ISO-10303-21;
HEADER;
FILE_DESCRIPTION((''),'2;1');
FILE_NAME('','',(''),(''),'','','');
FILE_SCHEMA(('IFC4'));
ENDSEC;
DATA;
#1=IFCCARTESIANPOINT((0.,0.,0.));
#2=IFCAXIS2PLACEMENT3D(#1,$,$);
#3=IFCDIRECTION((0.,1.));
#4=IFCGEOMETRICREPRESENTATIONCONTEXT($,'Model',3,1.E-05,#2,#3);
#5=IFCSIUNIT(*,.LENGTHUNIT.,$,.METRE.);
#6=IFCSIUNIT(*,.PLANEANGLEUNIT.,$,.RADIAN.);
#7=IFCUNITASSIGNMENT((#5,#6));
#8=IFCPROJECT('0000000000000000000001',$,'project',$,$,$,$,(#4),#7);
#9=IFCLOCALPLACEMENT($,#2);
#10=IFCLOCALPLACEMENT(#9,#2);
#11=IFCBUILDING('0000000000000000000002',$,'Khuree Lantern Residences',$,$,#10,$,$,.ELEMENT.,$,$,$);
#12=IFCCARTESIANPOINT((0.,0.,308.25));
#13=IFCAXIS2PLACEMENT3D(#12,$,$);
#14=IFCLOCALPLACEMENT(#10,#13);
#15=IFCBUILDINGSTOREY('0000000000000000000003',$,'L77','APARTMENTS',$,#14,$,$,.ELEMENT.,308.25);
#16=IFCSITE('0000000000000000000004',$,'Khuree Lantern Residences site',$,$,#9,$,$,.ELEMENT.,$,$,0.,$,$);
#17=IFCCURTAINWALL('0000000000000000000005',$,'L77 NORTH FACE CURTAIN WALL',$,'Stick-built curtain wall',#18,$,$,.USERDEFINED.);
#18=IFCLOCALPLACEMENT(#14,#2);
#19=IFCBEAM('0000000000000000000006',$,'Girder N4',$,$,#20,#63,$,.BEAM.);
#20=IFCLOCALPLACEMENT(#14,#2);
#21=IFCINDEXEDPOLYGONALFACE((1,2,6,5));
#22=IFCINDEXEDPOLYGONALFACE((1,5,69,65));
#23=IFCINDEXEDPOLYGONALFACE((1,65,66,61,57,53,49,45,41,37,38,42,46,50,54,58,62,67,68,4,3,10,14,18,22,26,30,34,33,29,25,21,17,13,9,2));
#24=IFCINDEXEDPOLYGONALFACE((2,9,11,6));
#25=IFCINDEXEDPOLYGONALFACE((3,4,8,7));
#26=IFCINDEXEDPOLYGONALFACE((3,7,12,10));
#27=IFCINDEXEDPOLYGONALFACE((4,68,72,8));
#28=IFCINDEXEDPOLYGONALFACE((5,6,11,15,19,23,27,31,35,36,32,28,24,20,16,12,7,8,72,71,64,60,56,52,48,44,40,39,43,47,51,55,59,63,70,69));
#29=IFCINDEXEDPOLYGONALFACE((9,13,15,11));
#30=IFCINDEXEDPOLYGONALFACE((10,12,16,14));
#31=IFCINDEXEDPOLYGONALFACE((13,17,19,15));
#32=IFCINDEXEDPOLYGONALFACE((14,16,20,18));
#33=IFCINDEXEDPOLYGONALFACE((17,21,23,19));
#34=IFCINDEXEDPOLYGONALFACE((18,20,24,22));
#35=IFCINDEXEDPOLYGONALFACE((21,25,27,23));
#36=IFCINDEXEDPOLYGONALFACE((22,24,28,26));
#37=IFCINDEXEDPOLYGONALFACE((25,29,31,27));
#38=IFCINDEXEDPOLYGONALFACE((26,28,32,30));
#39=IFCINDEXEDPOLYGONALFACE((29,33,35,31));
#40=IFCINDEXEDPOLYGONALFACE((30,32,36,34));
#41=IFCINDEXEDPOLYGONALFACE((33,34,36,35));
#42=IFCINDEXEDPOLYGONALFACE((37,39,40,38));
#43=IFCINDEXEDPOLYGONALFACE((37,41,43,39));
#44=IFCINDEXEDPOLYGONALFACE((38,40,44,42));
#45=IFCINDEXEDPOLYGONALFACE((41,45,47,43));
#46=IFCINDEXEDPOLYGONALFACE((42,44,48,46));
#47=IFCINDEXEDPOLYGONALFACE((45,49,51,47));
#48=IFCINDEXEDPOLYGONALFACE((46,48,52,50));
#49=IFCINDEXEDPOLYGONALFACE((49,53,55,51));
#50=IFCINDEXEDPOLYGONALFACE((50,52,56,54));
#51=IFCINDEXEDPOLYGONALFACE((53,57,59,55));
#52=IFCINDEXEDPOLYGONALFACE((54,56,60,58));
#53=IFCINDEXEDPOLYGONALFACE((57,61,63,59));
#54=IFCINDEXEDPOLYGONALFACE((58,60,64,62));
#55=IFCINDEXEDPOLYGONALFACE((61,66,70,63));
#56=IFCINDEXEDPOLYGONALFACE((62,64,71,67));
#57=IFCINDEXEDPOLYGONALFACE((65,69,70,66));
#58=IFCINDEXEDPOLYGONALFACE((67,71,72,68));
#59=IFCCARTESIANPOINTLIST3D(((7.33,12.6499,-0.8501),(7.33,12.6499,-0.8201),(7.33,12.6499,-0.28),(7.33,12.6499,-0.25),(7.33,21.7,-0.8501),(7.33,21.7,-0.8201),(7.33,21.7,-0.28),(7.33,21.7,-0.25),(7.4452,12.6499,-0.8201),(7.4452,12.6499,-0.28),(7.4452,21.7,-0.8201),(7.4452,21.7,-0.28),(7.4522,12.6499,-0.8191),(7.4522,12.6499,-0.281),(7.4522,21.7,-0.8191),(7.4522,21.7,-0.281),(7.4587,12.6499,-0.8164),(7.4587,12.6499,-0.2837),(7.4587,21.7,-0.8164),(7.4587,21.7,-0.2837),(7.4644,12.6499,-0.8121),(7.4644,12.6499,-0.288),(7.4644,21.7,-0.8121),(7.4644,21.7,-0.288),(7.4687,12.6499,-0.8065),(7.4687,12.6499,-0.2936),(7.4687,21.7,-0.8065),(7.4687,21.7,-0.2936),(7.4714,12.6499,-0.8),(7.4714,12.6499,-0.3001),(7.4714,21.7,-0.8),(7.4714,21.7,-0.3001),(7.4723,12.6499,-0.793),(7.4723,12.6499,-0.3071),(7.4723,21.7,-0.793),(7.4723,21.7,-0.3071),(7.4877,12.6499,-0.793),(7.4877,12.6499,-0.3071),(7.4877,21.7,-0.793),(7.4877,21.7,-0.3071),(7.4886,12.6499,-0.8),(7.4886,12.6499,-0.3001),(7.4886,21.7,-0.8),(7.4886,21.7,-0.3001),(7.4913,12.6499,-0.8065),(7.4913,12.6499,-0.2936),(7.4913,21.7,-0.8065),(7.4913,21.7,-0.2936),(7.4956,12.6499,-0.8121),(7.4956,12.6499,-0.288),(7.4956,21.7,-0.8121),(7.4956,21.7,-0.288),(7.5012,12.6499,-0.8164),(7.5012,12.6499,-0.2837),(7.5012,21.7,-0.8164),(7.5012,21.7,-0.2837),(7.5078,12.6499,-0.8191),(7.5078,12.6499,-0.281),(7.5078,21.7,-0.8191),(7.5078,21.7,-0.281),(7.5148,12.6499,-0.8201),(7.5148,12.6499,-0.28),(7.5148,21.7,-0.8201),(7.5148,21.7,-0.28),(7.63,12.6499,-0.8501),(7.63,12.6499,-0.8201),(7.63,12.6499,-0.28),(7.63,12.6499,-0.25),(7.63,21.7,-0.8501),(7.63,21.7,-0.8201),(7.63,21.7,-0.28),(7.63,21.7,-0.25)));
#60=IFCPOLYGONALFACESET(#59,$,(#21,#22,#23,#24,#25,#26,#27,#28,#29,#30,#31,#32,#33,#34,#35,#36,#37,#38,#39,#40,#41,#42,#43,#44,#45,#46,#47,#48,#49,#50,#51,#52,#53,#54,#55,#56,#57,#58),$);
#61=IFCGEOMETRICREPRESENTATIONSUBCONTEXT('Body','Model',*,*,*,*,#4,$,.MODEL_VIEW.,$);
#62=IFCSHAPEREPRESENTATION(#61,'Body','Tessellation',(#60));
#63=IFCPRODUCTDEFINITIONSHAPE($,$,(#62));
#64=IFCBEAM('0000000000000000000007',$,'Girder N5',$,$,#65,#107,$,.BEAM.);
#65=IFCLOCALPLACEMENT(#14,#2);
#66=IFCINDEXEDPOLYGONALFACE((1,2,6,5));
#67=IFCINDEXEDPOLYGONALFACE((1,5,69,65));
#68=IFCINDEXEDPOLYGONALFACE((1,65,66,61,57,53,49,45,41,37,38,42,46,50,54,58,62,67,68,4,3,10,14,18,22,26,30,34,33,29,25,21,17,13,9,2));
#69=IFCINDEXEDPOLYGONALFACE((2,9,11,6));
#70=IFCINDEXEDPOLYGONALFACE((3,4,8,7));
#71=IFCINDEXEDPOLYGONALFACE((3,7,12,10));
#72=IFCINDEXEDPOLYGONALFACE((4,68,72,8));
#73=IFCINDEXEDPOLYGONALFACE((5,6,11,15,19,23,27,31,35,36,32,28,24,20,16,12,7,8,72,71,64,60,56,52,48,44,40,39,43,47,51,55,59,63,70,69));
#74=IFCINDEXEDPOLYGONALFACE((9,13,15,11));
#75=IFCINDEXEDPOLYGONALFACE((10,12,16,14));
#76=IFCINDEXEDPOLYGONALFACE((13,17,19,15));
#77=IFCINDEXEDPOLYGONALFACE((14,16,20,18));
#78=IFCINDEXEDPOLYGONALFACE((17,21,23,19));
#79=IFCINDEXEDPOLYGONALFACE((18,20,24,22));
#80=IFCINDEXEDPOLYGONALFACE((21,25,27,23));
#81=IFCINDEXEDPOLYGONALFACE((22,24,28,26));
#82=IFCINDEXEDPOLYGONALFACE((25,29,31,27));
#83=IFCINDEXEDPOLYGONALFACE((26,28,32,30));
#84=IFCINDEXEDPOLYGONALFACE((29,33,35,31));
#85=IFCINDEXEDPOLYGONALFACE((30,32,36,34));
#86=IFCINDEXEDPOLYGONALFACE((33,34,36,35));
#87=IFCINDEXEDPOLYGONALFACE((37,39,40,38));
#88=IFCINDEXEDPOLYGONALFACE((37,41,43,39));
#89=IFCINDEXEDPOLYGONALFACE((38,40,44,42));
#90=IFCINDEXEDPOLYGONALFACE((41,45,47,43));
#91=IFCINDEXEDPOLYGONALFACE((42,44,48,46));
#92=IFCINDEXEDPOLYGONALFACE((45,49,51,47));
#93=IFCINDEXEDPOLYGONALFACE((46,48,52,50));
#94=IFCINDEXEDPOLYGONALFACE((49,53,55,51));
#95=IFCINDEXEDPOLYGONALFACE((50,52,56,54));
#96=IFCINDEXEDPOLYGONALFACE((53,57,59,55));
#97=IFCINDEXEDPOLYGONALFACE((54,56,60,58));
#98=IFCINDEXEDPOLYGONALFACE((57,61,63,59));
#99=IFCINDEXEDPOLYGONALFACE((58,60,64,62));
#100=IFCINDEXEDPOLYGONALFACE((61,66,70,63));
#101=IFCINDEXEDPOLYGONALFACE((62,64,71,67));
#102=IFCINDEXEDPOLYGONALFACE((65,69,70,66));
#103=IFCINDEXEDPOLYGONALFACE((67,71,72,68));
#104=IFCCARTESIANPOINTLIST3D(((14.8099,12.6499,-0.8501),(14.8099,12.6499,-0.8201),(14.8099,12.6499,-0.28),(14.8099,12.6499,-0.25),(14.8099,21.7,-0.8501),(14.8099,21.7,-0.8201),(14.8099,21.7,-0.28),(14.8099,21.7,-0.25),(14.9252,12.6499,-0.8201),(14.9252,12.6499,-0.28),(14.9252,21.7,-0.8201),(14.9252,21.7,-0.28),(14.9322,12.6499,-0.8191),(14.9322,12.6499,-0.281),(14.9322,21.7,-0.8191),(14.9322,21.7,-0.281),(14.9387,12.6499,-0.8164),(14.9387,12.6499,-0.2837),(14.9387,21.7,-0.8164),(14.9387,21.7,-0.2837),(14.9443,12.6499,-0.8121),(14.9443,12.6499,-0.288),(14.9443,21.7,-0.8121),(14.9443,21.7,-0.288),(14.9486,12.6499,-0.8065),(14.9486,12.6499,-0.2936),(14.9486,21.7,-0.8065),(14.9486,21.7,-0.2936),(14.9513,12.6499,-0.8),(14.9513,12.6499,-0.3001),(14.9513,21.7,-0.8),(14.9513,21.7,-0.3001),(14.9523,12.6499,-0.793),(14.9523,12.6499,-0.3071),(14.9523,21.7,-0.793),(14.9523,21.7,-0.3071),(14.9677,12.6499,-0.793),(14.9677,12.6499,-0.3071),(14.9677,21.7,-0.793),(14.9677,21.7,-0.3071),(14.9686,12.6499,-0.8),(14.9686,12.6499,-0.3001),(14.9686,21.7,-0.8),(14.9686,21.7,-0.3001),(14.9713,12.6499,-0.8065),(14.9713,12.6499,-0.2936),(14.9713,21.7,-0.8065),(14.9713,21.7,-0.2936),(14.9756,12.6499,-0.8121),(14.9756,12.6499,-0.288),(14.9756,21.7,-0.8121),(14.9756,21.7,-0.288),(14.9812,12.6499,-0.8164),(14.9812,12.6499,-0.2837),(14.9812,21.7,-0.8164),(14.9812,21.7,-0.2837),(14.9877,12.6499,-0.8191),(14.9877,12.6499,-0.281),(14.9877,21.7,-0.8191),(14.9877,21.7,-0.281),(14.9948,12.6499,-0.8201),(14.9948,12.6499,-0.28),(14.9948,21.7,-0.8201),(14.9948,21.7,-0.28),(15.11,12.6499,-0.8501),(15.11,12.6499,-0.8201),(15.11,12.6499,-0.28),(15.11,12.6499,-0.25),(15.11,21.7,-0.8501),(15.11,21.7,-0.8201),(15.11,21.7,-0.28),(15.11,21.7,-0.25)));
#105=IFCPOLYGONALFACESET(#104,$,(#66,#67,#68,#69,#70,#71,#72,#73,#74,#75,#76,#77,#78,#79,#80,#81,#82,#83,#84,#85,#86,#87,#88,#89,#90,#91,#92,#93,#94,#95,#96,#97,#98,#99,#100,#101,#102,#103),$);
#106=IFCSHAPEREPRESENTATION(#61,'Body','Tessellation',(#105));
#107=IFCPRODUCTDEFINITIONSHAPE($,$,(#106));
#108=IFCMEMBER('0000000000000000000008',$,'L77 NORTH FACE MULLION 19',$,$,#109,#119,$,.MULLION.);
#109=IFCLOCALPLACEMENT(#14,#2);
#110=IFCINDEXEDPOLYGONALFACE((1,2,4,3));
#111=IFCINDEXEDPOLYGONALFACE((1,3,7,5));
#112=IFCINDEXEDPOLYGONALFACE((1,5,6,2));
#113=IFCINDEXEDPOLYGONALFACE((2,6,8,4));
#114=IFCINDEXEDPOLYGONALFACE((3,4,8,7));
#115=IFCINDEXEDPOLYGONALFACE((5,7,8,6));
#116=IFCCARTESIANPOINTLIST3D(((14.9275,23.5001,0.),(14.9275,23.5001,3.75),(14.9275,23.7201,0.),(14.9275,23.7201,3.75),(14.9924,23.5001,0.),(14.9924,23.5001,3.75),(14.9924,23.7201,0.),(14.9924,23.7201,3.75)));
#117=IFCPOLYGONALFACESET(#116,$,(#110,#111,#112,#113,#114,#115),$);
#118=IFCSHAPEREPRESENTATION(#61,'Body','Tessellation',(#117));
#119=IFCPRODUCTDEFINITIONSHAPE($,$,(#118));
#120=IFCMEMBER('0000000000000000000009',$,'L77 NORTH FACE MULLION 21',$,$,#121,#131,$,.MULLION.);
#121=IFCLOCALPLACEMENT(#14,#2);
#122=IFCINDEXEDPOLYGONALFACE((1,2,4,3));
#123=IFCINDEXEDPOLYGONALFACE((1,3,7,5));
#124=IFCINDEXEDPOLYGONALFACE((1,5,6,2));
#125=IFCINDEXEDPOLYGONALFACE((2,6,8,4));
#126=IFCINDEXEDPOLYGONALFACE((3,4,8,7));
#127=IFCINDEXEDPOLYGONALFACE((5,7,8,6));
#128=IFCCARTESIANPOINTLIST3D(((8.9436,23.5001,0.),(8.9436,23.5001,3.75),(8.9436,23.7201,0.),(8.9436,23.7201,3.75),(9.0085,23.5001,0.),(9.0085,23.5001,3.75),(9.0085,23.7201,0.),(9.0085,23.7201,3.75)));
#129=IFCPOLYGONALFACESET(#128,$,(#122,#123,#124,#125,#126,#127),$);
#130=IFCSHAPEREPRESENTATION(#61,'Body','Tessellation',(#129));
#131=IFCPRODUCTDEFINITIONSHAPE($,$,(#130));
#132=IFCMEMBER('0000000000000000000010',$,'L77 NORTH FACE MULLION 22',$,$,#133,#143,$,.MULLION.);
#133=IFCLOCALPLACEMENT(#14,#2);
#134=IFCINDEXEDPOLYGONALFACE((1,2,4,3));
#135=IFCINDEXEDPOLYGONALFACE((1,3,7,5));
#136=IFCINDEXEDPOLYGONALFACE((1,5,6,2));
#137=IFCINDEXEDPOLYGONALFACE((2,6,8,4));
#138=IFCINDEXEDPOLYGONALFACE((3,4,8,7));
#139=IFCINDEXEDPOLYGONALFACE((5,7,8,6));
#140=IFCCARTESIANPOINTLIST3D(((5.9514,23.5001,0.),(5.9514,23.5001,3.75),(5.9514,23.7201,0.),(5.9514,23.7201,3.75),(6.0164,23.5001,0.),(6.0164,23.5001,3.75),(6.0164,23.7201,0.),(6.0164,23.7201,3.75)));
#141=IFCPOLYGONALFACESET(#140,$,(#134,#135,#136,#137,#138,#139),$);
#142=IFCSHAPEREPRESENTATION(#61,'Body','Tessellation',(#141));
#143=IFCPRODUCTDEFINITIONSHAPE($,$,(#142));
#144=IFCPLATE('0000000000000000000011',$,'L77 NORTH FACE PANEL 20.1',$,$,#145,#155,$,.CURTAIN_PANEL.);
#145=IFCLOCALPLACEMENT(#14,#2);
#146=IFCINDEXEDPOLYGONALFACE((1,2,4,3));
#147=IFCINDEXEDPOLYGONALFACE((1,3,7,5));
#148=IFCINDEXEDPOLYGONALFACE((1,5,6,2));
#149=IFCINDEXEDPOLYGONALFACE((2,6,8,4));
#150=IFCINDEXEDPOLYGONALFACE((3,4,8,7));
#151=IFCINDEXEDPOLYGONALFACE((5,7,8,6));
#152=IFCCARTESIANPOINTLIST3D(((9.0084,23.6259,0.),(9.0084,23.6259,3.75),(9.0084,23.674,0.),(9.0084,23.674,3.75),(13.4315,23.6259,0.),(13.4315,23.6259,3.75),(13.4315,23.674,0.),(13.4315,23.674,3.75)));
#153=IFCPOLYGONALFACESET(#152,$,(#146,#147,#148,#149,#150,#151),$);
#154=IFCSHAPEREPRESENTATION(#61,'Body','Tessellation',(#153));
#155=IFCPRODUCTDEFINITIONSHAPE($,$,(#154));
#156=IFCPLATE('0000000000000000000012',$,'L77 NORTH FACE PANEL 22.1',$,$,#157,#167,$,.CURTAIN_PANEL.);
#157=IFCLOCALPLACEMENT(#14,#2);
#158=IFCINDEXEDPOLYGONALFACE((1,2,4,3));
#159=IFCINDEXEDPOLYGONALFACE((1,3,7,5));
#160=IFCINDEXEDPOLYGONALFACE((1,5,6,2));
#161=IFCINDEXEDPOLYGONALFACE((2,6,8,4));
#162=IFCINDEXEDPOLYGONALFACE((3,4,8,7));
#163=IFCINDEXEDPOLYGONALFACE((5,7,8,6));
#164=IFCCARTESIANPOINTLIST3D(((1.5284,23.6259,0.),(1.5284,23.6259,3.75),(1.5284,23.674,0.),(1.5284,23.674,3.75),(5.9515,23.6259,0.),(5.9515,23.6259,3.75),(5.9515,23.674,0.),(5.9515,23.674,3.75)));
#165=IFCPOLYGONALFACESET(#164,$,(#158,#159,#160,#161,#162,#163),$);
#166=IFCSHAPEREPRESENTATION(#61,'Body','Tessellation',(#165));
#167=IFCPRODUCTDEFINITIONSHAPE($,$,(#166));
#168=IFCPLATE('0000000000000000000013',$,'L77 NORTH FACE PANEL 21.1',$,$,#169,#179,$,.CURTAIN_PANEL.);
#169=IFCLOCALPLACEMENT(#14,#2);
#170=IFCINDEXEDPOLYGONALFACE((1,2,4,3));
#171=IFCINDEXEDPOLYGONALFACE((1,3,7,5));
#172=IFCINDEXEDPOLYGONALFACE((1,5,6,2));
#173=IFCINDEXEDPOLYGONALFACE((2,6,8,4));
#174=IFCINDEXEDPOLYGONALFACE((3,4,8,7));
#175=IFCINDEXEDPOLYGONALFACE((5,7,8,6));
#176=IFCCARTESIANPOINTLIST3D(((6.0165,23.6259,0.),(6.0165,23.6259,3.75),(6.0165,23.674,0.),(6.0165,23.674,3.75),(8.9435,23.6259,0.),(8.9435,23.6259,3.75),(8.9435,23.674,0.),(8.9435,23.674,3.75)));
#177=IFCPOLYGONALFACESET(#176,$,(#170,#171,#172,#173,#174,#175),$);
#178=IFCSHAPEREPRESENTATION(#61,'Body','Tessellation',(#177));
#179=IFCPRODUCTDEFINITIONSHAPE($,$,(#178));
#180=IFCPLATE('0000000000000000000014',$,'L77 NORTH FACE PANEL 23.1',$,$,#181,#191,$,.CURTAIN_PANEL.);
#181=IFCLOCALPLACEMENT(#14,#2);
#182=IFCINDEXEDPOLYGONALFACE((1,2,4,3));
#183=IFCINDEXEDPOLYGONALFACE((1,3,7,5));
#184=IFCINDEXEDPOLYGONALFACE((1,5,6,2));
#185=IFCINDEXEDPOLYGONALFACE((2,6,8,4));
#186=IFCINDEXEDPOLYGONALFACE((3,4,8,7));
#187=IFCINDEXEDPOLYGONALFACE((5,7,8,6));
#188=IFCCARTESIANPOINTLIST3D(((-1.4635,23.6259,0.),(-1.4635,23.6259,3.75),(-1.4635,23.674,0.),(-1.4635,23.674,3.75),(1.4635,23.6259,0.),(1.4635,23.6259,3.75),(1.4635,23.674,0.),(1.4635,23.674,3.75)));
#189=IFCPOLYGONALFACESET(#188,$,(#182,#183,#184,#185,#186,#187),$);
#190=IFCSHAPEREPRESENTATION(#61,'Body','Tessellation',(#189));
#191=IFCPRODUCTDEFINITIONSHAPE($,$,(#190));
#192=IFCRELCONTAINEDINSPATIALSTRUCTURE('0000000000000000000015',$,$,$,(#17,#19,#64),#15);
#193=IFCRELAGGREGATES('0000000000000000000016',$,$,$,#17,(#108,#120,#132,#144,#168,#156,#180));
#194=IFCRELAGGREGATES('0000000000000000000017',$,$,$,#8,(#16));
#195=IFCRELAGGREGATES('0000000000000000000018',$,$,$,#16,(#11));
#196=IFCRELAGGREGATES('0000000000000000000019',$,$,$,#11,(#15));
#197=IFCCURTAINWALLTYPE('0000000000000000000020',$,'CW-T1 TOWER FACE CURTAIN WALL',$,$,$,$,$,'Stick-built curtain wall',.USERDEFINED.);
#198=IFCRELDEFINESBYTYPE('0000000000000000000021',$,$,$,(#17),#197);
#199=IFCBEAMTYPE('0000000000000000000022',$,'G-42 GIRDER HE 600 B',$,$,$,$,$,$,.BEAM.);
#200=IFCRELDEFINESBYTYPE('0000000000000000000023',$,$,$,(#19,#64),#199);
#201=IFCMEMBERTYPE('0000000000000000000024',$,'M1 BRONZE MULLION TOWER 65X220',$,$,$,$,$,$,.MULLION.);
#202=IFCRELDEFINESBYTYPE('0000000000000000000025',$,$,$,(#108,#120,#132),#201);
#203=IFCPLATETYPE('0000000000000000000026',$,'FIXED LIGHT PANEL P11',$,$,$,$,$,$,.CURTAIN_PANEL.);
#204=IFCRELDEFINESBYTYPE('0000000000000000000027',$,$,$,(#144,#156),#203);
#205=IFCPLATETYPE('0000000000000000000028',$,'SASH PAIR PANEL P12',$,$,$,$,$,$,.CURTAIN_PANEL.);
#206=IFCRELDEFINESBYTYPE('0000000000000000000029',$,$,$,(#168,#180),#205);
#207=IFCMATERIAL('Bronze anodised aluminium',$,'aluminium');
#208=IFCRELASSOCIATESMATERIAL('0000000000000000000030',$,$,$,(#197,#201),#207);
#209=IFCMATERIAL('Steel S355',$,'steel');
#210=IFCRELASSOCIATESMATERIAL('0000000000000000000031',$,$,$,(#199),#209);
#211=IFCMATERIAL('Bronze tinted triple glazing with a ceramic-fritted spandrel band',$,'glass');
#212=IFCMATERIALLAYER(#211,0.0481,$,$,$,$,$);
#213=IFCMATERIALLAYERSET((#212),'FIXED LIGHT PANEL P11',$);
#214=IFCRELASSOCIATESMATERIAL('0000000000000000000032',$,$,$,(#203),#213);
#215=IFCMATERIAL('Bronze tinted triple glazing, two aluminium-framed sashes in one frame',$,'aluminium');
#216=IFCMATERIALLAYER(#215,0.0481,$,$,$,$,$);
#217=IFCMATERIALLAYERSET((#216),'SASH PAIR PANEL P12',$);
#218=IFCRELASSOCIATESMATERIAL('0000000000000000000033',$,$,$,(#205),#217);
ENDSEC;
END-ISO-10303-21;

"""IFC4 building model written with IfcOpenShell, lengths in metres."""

from ifc_helpers import new_model, si_unit, direction, frame, origin, origin_2d, place, context, subcontext, project, spatial, rectangle, i_section, extrude, material, layer, layer_set, material_profile, profile_set, type_object, element, aggregate, save


model = new_model("IFC4")

# Units and contexts
model_context = context("Model", 3, precision=1e-05, world=origin(), true_north=direction((0.0, 1.0)))
body_context = subcontext(model_context, "Body", "Model", "MODEL_VIEW")
ifc_project = project(units=[si_unit("LENGTHUNIT", "METRE"), si_unit("PLANEANGLEUNIT", "RADIAN")], contexts=[model_context])

# Site, building, storey
site_placement = place(None, origin())
site = spatial("IfcSite", under=ifc_project, at=site_placement, Name="Khuree Lantern Residences site", CompositionType="ELEMENT", RefElevation=0.0)
building_placement = place(site_placement, origin())
building = spatial("IfcBuilding", under=site, at=building_placement, Name="Khuree Lantern Residences", CompositionType="ELEMENT")
storey_placement = place(building_placement, frame((0.0, 0.0, 308.25)))
storey = spatial("IfcBuildingStorey", under=building, at=storey_placement, Name="L77", Description="APARTMENTS", CompositionType="ELEMENT", Elevation=308.25)

# Shared definitions
ifc_material_1 = material(Name="Steel S355", Category="steel")

# Curtain wall
ifc_material_2 = material(Name="Bronze anodised aluminium", Category="aluminium")
curtain_wall_type = type_object("IfcCurtainWallType", Name="CW-T1 TOWER FACE CURTAIN WALL", ElementType="Stick-built curtain wall", PredefinedType="USERDEFINED", material=ifc_material_2)
curtain_wall_placement = place(storey_placement, origin())
curtain_wall = element("IfcCurtainWall", 1, at=curtain_wall_placement, inside=storey, type_object=curtain_wall_type, Name="L77 NORTH FACE CURTAIN WALL", ObjectType="Stick-built curtain wall", PredefinedType="USERDEFINED")

# Beams
ifc_material_profile_1 = material_profile(ifc_material_1, i_section(OverallWidth=0.3, OverallDepth=0.6001, WebThickness=0.0154, FlangeThickness=0.03, FilletRadius=0.0271, at=origin_2d()), Name="HE 600 B")
ifc_profile_set_1 = profile_set([ifc_material_profile_1], Name="Steel S355")
beam_type_1 = type_object("IfcBeamType", Name="G-42 GIRDER HE 600 B", PredefinedType="BEAM", material=ifc_profile_set_1)
for number, where, z_axis, x_axis, name in (
    (2, (7.48, 21.7, -0.55), (0.0, -1.0, 0.0), (1.0, 0.0, 0.0), "Girder N4"),
    (3, (14.96, 21.7, -0.55), (0.0, -1.0, 0.0), (1.0, 0.0, 0.0), "Girder N5"),
):
    element("IfcBeam", number, at=place(storey_placement, frame(where, z_axis=z_axis, x_axis=x_axis)), inside=storey, type_object=beam_type_1, Name=name, PredefinedType="BEAM", context=body_context, shape_type="SweptSolid", body=[
        extrude(i_section(OverallWidth=0.3, OverallDepth=0.6001, WebThickness=0.0154, FlangeThickness=0.03, FilletRadius=0.0271, at=origin_2d()), origin(), (0.0, 0.0, 1.0), 9.05),
    ])

# Members
ifc_material_profile_2 = material_profile(ifc_material_2, rectangle(XDim=0.0649, YDim=0.22, at=origin_2d()), Name="M1 65X220")
ifc_profile_set_2 = profile_set([ifc_material_profile_2], Name="Bronze anodised aluminium")
member_type_1 = type_object("IfcMemberType", Name="M1 BRONZE MULLION TOWER 65X220", PredefinedType="MULLION", material=ifc_profile_set_2)
member_1_placement = place(storey_placement, frame((14.96, 23.6101, 0.0), z_axis=(0.0, 0.0, 1.0), x_axis=(-1.0, 0.0, 0.0)))
member_1 = element("IfcMember", 4, at=member_1_placement, type_object=member_type_1, Name="L77 NORTH FACE MULLION 19", PredefinedType="MULLION", context=body_context, shape_type="SweptSolid", body=[
    extrude(rectangle(XDim=0.0649, YDim=0.22, at=origin_2d()), origin(), (0.0, 0.0, 1.0), 3.75),
])
member_2_placement = place(storey_placement, frame((8.9761, 23.6101, 0.0), z_axis=(0.0, 0.0, 1.0), x_axis=(-1.0, 0.0, 0.0)))
member_2 = element("IfcMember", 5, at=member_2_placement, type_object=member_type_1, Name="L77 NORTH FACE MULLION 21", PredefinedType="MULLION", context=body_context, shape_type="SweptSolid", body=[
    extrude(rectangle(XDim=0.0649, YDim=0.22, at=origin_2d()), origin(), (0.0, 0.0, 1.0), 3.75),
])
member_3_placement = place(storey_placement, frame((5.9839, 23.6101, 0.0), z_axis=(0.0, 0.0, 1.0), x_axis=(-1.0, 0.0, 0.0)))
member_3 = element("IfcMember", 6, at=member_3_placement, type_object=member_type_1, Name="L77 NORTH FACE MULLION 22", PredefinedType="MULLION", context=body_context, shape_type="SweptSolid", body=[
    extrude(rectangle(XDim=0.0649, YDim=0.22, at=origin_2d()), origin(), (0.0, 0.0, 1.0), 3.75),
])

# Plates
ifc_material_3 = material(Name="Bronze tinted triple glazing with a ceramic-fritted spandrel band", Category="glass")
ifc_layer_1 = layer(ifc_material_3, 0.0481)
ifc_layer_set_1 = layer_set([ifc_layer_1], Name="FIXED LIGHT PANEL P11")
plate_type_1 = type_object("IfcPlateType", Name="FIXED LIGHT PANEL P11", PredefinedType="CURTAIN_PANEL", material=ifc_layer_set_1)
plate_1_placement = place(storey_placement, frame((11.22, 23.6499, 0.0), z_axis=(0.0, 0.0, 1.0), x_axis=(-1.0, 0.0, 0.0)))
plate_1 = element("IfcPlate", 7, at=plate_1_placement, type_object=plate_type_1, Name="L77 NORTH FACE PANEL 20.1", PredefinedType="CURTAIN_PANEL", context=body_context, shape_type="SweptSolid", body=[
    extrude(rectangle(XDim=4.4231, YDim=0.0481, at=origin_2d()), origin(), (0.0, 0.0, 1.0), 3.75),
])
plate_2_placement = place(storey_placement, frame((3.74, 23.6499, 0.0), z_axis=(0.0, 0.0, 1.0), x_axis=(-1.0, 0.0, 0.0)))
plate_2 = element("IfcPlate", 8, at=plate_2_placement, type_object=plate_type_1, Name="L77 NORTH FACE PANEL 22.1", PredefinedType="CURTAIN_PANEL", context=body_context, shape_type="SweptSolid", body=[
    extrude(rectangle(XDim=4.4231, YDim=0.0481, at=origin_2d()), origin(), (0.0, 0.0, 1.0), 3.75),
])
ifc_material_4 = material(Name="Bronze tinted triple glazing, two aluminium-framed sashes in one frame", Category="aluminium")
ifc_layer_2 = layer(ifc_material_4, 0.0481)
ifc_layer_set_2 = layer_set([ifc_layer_2], Name="SASH PAIR PANEL P12")
plate_type_2 = type_object("IfcPlateType", Name="SASH PAIR PANEL P12", PredefinedType="CURTAIN_PANEL", material=ifc_layer_set_2)
plate_3_placement = place(storey_placement, frame((7.48, 23.6499, 0.0), z_axis=(0.0, 0.0, 1.0), x_axis=(-1.0, 0.0, 0.0)))
plate_3 = element("IfcPlate", 9, at=plate_3_placement, type_object=plate_type_2, Name="L77 NORTH FACE PANEL 21.1", PredefinedType="CURTAIN_PANEL", context=body_context, shape_type="SweptSolid", body=[
    extrude(rectangle(XDim=2.927, YDim=0.0481, at=origin_2d()), origin(), (0.0, 0.0, 1.0), 3.75),
])
plate_4_placement = place(storey_placement, frame((0.0, 23.6499, 0.0), z_axis=(0.0, 0.0, 1.0), x_axis=(-1.0, 0.0, 0.0)))
plate_4 = element("IfcPlate", 10, at=plate_4_placement, type_object=plate_type_2, Name="L77 NORTH FACE PANEL 23.1", PredefinedType="CURTAIN_PANEL", context=body_context, shape_type="SweptSolid", body=[
    extrude(rectangle(XDim=2.927, YDim=0.0481, at=origin_2d()), origin(), (0.0, 0.0, 1.0), 3.75),
])
aggregate(curtain_wall, [member_1, member_2, member_3, plate_1, plate_3, plate_2, plate_4])

save(model, "model.ifc")
